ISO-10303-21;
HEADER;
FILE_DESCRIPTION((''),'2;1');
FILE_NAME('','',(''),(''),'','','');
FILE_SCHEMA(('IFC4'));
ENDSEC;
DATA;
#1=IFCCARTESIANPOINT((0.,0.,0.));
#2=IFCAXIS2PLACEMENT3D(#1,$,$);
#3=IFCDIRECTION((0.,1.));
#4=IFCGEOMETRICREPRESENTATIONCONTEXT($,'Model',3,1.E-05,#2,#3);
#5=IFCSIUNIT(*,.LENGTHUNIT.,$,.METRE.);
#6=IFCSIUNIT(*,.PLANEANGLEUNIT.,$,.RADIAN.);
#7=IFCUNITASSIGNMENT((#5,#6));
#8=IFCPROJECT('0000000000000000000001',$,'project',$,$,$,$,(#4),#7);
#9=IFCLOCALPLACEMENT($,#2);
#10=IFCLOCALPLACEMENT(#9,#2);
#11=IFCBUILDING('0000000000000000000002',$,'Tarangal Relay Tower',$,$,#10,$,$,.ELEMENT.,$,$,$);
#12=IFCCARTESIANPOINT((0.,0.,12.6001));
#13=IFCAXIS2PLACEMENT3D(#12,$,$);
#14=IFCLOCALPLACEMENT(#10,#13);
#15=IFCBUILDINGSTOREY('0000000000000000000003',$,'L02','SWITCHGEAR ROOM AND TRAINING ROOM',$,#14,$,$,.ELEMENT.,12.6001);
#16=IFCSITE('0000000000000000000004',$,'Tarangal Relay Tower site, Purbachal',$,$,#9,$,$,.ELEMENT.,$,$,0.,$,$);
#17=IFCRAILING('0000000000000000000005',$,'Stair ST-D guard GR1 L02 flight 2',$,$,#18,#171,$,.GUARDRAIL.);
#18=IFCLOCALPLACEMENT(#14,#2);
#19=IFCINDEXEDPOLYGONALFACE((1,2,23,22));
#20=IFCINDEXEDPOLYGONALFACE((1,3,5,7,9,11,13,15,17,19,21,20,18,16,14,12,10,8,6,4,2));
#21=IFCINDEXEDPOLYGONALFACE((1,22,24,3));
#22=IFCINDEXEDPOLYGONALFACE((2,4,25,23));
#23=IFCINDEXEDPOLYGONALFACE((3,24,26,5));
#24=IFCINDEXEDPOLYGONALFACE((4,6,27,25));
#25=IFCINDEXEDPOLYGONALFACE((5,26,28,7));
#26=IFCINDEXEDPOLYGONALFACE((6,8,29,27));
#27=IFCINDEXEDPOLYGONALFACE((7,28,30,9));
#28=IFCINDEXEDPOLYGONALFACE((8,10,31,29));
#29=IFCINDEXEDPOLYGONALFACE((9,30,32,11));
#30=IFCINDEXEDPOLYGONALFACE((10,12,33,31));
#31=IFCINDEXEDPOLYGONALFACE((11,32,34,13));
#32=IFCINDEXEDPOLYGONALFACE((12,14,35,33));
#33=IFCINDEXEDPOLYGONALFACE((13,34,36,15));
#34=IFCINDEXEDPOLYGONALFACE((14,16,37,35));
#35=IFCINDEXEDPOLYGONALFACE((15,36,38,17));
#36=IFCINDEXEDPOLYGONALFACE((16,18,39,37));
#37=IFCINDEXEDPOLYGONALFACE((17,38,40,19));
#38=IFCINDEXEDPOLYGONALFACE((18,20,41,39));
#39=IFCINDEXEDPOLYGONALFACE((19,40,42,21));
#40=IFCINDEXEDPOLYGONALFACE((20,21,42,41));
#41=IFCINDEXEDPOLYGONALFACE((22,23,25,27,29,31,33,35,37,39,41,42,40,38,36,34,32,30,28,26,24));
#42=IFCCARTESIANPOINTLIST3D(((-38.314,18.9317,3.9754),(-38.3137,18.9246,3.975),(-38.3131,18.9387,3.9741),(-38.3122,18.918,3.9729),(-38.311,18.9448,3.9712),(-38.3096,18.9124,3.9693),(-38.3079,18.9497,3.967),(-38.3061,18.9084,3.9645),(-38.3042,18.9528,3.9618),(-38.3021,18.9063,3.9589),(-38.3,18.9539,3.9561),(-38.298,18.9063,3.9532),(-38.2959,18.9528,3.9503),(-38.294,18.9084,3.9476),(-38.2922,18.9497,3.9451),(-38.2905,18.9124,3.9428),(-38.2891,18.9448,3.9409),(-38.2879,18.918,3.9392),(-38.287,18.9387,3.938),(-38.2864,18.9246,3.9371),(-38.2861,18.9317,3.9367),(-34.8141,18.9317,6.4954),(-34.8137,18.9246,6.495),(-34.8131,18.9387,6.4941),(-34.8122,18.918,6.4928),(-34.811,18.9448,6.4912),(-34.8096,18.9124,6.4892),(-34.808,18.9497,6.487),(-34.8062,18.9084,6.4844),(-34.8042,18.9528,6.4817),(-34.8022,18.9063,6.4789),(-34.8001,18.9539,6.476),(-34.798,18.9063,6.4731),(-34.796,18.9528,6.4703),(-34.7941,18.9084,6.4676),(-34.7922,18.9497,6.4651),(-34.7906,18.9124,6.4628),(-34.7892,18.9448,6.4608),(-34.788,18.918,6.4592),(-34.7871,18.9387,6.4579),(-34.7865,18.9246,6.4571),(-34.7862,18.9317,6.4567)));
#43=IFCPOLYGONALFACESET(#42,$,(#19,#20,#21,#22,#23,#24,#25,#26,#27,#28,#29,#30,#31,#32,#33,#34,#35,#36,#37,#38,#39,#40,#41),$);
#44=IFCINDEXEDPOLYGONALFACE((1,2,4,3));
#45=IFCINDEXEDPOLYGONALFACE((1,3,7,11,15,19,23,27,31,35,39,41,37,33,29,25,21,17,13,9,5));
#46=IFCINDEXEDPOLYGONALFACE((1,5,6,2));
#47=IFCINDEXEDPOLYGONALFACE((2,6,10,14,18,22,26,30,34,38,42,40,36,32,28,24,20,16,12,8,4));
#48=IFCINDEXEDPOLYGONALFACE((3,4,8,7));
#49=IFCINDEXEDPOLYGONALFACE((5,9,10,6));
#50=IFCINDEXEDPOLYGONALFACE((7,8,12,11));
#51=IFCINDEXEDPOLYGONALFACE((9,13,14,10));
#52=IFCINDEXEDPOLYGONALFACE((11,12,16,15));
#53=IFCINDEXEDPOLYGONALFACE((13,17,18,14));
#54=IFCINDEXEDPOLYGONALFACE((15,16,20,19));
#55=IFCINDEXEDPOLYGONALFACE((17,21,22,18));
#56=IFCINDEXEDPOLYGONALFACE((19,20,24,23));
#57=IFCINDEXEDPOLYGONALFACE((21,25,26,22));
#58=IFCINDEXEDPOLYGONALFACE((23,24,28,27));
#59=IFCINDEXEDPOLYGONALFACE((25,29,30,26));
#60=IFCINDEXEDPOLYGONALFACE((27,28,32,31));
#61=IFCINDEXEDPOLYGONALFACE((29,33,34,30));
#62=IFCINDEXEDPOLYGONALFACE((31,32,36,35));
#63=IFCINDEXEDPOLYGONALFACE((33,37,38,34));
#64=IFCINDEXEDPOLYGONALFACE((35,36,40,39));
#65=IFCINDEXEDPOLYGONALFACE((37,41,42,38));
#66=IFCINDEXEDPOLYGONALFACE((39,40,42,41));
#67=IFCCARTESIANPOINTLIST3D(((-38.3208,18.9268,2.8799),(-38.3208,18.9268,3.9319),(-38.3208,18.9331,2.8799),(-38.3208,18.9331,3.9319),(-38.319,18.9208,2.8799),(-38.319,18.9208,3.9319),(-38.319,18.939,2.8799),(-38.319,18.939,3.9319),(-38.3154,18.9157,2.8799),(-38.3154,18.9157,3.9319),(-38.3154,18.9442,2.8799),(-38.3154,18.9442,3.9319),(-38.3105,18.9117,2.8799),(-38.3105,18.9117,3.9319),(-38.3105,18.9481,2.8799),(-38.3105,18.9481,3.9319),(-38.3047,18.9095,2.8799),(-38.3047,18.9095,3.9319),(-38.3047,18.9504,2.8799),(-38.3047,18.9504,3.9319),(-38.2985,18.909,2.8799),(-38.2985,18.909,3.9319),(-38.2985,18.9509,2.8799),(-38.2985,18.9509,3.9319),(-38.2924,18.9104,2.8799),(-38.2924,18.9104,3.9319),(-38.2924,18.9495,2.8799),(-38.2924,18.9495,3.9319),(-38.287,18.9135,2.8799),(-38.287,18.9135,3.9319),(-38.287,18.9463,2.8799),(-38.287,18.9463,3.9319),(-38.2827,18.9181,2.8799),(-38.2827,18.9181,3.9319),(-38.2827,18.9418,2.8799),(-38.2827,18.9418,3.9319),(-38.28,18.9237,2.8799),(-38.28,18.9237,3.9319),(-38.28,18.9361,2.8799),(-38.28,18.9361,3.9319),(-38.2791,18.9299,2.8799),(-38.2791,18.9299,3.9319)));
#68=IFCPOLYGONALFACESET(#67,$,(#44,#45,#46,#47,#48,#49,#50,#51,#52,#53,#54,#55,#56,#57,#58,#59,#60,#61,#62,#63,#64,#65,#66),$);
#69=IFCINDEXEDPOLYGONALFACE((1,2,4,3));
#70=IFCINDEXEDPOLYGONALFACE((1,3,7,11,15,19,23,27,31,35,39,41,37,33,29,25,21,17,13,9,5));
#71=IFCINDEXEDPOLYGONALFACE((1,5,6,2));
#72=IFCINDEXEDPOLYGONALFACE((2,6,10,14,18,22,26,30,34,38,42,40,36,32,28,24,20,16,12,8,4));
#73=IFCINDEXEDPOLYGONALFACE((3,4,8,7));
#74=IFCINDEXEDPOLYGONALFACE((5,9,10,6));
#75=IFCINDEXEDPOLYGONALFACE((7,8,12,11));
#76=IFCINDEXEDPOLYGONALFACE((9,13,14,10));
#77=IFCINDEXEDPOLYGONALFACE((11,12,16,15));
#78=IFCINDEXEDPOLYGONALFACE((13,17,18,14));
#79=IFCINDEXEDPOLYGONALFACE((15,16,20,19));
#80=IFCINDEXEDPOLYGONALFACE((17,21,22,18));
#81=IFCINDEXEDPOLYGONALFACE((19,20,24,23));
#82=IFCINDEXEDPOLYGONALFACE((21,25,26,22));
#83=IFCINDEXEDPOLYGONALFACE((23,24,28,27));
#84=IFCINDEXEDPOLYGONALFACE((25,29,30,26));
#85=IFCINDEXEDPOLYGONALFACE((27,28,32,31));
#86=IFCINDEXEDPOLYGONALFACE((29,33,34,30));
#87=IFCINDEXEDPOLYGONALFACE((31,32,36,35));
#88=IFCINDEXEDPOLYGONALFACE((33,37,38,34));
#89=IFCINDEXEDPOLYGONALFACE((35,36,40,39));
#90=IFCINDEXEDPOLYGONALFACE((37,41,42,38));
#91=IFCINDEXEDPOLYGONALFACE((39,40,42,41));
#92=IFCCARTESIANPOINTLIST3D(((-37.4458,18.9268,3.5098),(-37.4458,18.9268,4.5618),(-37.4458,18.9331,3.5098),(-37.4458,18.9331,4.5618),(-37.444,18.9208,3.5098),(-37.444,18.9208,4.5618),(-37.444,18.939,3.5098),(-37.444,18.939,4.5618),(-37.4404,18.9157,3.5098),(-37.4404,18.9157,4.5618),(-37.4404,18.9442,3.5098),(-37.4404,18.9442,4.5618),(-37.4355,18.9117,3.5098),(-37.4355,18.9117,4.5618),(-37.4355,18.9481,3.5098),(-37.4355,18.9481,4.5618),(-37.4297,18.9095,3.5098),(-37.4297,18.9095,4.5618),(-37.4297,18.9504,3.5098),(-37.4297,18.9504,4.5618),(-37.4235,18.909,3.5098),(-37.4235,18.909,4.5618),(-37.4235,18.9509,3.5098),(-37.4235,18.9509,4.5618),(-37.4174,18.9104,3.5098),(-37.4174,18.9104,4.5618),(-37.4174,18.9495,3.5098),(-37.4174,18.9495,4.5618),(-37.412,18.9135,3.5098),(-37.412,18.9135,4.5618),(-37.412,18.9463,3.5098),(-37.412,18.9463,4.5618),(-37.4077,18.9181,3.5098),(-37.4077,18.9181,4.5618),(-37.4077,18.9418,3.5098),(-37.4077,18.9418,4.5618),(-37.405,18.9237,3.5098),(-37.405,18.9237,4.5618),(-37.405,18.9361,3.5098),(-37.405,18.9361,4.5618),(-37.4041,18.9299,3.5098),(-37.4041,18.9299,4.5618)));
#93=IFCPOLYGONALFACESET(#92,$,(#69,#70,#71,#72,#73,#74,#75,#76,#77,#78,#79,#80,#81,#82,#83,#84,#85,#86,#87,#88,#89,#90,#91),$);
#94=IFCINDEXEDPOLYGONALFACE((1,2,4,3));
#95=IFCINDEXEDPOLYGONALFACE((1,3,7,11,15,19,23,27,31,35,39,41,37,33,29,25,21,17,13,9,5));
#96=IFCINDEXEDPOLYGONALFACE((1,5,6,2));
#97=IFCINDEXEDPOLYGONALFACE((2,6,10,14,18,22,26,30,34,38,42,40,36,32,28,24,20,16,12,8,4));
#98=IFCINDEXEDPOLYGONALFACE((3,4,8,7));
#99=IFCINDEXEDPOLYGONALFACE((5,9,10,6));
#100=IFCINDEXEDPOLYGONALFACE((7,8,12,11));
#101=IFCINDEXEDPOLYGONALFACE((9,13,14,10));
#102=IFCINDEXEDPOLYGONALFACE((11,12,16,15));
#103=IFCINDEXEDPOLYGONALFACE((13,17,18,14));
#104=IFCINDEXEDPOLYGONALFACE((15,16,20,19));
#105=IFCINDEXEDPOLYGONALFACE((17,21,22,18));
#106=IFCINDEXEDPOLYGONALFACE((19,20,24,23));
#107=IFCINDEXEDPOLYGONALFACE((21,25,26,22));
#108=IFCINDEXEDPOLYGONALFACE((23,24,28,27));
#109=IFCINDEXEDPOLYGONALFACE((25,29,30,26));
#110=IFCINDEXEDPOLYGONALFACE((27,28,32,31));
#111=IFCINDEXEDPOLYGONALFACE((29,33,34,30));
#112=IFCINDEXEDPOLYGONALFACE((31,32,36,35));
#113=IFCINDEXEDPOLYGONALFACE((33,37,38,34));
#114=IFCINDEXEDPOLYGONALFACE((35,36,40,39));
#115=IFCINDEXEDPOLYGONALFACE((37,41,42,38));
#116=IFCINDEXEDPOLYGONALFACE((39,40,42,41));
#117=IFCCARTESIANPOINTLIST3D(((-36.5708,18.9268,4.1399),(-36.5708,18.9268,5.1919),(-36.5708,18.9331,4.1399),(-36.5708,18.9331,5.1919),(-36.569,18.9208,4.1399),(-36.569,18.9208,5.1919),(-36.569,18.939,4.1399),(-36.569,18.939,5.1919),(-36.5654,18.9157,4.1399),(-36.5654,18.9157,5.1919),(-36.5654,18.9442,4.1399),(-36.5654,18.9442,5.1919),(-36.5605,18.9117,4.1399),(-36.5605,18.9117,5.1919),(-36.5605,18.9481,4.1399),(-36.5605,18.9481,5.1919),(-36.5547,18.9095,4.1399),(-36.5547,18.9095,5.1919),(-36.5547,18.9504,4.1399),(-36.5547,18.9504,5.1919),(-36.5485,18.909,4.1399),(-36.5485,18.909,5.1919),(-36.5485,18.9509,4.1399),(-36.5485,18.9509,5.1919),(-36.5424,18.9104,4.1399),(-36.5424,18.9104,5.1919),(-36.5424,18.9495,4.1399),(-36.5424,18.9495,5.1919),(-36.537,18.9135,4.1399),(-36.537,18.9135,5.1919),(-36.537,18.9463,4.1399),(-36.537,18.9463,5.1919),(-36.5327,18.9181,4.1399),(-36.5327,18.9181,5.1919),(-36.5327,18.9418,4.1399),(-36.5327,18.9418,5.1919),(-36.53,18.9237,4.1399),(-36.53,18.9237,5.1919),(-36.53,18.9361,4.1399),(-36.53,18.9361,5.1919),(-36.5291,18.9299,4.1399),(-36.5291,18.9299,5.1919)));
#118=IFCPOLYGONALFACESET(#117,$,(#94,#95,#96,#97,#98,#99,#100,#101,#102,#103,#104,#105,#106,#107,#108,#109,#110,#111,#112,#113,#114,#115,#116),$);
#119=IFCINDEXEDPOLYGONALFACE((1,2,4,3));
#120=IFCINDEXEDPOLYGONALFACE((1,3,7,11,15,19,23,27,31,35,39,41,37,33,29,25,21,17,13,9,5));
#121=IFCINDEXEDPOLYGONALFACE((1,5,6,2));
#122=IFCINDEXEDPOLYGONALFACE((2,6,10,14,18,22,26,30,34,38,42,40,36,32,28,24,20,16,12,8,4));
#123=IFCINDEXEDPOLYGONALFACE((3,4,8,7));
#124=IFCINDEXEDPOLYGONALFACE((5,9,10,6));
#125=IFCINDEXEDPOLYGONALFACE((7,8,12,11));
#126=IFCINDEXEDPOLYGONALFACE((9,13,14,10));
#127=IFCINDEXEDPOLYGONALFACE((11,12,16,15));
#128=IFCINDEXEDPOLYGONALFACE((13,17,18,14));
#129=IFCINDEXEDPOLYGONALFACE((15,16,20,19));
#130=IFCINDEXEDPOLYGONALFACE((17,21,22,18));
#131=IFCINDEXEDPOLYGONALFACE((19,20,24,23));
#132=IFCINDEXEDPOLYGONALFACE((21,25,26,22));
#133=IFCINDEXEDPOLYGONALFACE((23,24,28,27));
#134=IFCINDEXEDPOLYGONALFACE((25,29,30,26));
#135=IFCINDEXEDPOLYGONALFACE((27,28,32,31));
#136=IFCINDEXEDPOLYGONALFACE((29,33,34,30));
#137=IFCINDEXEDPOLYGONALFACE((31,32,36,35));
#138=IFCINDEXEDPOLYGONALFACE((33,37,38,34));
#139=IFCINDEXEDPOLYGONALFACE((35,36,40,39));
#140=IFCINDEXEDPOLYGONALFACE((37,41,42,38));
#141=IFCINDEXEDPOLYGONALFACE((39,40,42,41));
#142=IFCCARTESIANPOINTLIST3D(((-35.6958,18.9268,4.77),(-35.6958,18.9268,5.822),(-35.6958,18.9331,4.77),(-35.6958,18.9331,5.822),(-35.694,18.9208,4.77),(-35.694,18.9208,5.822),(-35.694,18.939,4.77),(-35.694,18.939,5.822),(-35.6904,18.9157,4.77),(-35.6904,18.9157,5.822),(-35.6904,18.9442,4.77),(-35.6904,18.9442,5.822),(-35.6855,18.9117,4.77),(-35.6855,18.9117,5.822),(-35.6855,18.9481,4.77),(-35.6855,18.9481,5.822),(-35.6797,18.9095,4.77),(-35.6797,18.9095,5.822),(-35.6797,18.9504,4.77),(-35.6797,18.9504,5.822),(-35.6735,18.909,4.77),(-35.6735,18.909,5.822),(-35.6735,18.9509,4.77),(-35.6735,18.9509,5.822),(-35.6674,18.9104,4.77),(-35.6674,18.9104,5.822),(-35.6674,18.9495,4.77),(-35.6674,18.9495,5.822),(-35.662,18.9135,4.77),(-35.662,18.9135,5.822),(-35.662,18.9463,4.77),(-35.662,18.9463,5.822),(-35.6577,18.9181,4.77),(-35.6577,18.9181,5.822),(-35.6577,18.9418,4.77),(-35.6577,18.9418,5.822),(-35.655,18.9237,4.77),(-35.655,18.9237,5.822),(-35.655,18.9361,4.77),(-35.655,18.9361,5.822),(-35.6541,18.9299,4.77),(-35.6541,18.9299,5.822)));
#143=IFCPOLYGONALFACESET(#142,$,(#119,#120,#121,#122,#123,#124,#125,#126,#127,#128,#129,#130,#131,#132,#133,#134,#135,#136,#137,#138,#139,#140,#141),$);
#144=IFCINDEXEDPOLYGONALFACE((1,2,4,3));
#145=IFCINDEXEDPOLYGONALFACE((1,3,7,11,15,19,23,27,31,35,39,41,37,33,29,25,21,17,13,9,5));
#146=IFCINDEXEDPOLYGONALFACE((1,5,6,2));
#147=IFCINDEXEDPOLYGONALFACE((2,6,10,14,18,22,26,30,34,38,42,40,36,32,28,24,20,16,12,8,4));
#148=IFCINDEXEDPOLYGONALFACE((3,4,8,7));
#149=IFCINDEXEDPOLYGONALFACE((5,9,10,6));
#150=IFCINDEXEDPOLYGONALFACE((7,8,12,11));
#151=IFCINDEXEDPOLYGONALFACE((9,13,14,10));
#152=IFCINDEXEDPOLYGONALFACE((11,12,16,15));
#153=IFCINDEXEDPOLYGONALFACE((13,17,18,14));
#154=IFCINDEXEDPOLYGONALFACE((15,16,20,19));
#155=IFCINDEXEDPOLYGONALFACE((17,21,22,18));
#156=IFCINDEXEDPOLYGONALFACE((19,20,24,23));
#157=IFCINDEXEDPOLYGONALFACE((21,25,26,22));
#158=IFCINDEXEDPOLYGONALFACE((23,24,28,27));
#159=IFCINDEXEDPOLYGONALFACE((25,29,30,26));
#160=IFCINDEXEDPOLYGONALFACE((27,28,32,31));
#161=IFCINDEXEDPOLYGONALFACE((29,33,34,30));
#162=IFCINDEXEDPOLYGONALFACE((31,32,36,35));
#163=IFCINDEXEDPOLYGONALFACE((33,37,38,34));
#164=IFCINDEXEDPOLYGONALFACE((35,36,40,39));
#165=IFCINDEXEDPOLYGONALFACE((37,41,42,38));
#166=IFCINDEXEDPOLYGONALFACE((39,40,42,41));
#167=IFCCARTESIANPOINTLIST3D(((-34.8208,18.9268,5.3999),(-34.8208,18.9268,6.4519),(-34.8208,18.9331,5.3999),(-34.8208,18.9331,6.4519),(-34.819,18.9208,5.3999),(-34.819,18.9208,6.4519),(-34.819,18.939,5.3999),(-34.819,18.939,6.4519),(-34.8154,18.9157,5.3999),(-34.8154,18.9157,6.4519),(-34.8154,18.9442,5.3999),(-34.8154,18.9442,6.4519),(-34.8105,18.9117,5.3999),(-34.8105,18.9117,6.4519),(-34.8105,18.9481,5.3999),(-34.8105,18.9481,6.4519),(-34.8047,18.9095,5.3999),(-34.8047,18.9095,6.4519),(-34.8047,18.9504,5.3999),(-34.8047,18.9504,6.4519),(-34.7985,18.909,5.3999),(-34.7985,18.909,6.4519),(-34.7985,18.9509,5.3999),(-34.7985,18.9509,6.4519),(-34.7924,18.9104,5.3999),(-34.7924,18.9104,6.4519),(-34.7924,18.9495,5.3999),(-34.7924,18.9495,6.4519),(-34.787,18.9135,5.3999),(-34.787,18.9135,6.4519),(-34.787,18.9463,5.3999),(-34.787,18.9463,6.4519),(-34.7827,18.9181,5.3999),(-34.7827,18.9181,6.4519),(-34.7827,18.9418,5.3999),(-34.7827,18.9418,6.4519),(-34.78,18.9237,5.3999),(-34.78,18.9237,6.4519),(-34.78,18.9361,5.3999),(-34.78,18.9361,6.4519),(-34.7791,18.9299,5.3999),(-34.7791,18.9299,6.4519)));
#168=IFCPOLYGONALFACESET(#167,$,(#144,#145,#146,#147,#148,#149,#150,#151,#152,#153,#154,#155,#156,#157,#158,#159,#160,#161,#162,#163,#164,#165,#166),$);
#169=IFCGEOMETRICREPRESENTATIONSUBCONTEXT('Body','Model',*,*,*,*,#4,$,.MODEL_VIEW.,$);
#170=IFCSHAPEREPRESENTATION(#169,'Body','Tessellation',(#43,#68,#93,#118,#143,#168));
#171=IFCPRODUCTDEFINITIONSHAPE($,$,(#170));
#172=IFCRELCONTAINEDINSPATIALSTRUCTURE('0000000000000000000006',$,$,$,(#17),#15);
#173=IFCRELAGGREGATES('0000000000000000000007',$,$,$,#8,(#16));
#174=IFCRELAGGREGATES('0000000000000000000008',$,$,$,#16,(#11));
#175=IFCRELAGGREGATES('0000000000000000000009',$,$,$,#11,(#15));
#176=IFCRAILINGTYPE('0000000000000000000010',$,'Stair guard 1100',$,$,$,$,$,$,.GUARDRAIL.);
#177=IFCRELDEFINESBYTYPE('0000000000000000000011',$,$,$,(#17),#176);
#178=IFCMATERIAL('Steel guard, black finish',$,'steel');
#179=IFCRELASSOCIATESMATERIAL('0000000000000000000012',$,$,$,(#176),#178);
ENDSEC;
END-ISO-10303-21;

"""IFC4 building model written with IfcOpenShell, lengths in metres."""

from ifc_helpers import new_model, si_unit, direction, frame, origin, origin_2d, place, context, subcontext, project, spatial, circle, extrude, material, type_object, element, save


model = new_model("IFC4")

# Units and contexts
model_context = context("Model", 3, precision=1e-05, world=origin(), true_north=direction((0.0, 1.0)))
body_context = subcontext(model_context, "Body", "Model", "MODEL_VIEW")
ifc_project = project(units=[si_unit("LENGTHUNIT", "METRE"), si_unit("PLANEANGLEUNIT", "RADIAN")], contexts=[model_context])

# Site, building, storey
site_placement = place(None, origin())
site = spatial("IfcSite", under=ifc_project, at=site_placement, Name="Tarangal Relay Tower site, Purbachal", CompositionType="ELEMENT", RefElevation=0.0)
building_placement = place(site_placement, origin())
building = spatial("IfcBuilding", under=site, at=building_placement, Name="Tarangal Relay Tower", CompositionType="ELEMENT")
storey_placement = place(building_placement, frame((0.0, 0.0, 12.6001)))
storey = spatial("IfcBuildingStorey", under=building, at=storey_placement, Name="L02", Description="SWITCHGEAR ROOM AND TRAINING ROOM", CompositionType="ELEMENT", Elevation=12.6001)

# Railing
ifc_material_1 = material(Name="Steel guard, black finish", Category="steel")
railing_type_1 = type_object("IfcRailingType", Name="Stair guard 1100", PredefinedType="GUARDRAIL", material=ifc_material_1)
railing_1_placement = place(storey_placement, frame((-38.3, 18.9299, 2.8799)))
element("IfcRailing", 1, at=railing_1_placement, inside=storey, type_object=railing_type_1, Name="Stair ST-D guard GR1 L02 flight 2", PredefinedType="GUARDRAIL", context=body_context, shape_type="SweptSolid", body=[
    extrude(circle(Radius=0.0239, at=origin_2d()), frame((0.0, 0.0, 1.0762), z_axis=(0.811532, 0.0, 0.584308), x_axis=(0.0, 1.0, 0.0)), (0.0, 0.0, 1.0), 4.3127),
    extrude(circle(Radius=0.021, at=origin_2d()), origin(), (0.0, 0.0, 1.0), 1.052),
    extrude(circle(Radius=0.021, at=origin_2d()), frame((0.875, 0.0, 0.6299)), (0.0, 0.0, 1.0), 1.052),
    extrude(circle(Radius=0.021, at=origin_2d()), frame((1.75, 0.0, 1.26)), (0.0, 0.0, 1.0), 1.052),
    extrude(circle(Radius=0.021, at=origin_2d()), frame((2.625, 0.0, 1.8901)), (0.0, 0.0, 1.0), 1.052),
    extrude(circle(Radius=0.021, at=origin_2d()), frame((3.5, 0.0, 2.52)), (0.0, 0.0, 1.0), 1.052),
])

save(model, "model.ifc")
